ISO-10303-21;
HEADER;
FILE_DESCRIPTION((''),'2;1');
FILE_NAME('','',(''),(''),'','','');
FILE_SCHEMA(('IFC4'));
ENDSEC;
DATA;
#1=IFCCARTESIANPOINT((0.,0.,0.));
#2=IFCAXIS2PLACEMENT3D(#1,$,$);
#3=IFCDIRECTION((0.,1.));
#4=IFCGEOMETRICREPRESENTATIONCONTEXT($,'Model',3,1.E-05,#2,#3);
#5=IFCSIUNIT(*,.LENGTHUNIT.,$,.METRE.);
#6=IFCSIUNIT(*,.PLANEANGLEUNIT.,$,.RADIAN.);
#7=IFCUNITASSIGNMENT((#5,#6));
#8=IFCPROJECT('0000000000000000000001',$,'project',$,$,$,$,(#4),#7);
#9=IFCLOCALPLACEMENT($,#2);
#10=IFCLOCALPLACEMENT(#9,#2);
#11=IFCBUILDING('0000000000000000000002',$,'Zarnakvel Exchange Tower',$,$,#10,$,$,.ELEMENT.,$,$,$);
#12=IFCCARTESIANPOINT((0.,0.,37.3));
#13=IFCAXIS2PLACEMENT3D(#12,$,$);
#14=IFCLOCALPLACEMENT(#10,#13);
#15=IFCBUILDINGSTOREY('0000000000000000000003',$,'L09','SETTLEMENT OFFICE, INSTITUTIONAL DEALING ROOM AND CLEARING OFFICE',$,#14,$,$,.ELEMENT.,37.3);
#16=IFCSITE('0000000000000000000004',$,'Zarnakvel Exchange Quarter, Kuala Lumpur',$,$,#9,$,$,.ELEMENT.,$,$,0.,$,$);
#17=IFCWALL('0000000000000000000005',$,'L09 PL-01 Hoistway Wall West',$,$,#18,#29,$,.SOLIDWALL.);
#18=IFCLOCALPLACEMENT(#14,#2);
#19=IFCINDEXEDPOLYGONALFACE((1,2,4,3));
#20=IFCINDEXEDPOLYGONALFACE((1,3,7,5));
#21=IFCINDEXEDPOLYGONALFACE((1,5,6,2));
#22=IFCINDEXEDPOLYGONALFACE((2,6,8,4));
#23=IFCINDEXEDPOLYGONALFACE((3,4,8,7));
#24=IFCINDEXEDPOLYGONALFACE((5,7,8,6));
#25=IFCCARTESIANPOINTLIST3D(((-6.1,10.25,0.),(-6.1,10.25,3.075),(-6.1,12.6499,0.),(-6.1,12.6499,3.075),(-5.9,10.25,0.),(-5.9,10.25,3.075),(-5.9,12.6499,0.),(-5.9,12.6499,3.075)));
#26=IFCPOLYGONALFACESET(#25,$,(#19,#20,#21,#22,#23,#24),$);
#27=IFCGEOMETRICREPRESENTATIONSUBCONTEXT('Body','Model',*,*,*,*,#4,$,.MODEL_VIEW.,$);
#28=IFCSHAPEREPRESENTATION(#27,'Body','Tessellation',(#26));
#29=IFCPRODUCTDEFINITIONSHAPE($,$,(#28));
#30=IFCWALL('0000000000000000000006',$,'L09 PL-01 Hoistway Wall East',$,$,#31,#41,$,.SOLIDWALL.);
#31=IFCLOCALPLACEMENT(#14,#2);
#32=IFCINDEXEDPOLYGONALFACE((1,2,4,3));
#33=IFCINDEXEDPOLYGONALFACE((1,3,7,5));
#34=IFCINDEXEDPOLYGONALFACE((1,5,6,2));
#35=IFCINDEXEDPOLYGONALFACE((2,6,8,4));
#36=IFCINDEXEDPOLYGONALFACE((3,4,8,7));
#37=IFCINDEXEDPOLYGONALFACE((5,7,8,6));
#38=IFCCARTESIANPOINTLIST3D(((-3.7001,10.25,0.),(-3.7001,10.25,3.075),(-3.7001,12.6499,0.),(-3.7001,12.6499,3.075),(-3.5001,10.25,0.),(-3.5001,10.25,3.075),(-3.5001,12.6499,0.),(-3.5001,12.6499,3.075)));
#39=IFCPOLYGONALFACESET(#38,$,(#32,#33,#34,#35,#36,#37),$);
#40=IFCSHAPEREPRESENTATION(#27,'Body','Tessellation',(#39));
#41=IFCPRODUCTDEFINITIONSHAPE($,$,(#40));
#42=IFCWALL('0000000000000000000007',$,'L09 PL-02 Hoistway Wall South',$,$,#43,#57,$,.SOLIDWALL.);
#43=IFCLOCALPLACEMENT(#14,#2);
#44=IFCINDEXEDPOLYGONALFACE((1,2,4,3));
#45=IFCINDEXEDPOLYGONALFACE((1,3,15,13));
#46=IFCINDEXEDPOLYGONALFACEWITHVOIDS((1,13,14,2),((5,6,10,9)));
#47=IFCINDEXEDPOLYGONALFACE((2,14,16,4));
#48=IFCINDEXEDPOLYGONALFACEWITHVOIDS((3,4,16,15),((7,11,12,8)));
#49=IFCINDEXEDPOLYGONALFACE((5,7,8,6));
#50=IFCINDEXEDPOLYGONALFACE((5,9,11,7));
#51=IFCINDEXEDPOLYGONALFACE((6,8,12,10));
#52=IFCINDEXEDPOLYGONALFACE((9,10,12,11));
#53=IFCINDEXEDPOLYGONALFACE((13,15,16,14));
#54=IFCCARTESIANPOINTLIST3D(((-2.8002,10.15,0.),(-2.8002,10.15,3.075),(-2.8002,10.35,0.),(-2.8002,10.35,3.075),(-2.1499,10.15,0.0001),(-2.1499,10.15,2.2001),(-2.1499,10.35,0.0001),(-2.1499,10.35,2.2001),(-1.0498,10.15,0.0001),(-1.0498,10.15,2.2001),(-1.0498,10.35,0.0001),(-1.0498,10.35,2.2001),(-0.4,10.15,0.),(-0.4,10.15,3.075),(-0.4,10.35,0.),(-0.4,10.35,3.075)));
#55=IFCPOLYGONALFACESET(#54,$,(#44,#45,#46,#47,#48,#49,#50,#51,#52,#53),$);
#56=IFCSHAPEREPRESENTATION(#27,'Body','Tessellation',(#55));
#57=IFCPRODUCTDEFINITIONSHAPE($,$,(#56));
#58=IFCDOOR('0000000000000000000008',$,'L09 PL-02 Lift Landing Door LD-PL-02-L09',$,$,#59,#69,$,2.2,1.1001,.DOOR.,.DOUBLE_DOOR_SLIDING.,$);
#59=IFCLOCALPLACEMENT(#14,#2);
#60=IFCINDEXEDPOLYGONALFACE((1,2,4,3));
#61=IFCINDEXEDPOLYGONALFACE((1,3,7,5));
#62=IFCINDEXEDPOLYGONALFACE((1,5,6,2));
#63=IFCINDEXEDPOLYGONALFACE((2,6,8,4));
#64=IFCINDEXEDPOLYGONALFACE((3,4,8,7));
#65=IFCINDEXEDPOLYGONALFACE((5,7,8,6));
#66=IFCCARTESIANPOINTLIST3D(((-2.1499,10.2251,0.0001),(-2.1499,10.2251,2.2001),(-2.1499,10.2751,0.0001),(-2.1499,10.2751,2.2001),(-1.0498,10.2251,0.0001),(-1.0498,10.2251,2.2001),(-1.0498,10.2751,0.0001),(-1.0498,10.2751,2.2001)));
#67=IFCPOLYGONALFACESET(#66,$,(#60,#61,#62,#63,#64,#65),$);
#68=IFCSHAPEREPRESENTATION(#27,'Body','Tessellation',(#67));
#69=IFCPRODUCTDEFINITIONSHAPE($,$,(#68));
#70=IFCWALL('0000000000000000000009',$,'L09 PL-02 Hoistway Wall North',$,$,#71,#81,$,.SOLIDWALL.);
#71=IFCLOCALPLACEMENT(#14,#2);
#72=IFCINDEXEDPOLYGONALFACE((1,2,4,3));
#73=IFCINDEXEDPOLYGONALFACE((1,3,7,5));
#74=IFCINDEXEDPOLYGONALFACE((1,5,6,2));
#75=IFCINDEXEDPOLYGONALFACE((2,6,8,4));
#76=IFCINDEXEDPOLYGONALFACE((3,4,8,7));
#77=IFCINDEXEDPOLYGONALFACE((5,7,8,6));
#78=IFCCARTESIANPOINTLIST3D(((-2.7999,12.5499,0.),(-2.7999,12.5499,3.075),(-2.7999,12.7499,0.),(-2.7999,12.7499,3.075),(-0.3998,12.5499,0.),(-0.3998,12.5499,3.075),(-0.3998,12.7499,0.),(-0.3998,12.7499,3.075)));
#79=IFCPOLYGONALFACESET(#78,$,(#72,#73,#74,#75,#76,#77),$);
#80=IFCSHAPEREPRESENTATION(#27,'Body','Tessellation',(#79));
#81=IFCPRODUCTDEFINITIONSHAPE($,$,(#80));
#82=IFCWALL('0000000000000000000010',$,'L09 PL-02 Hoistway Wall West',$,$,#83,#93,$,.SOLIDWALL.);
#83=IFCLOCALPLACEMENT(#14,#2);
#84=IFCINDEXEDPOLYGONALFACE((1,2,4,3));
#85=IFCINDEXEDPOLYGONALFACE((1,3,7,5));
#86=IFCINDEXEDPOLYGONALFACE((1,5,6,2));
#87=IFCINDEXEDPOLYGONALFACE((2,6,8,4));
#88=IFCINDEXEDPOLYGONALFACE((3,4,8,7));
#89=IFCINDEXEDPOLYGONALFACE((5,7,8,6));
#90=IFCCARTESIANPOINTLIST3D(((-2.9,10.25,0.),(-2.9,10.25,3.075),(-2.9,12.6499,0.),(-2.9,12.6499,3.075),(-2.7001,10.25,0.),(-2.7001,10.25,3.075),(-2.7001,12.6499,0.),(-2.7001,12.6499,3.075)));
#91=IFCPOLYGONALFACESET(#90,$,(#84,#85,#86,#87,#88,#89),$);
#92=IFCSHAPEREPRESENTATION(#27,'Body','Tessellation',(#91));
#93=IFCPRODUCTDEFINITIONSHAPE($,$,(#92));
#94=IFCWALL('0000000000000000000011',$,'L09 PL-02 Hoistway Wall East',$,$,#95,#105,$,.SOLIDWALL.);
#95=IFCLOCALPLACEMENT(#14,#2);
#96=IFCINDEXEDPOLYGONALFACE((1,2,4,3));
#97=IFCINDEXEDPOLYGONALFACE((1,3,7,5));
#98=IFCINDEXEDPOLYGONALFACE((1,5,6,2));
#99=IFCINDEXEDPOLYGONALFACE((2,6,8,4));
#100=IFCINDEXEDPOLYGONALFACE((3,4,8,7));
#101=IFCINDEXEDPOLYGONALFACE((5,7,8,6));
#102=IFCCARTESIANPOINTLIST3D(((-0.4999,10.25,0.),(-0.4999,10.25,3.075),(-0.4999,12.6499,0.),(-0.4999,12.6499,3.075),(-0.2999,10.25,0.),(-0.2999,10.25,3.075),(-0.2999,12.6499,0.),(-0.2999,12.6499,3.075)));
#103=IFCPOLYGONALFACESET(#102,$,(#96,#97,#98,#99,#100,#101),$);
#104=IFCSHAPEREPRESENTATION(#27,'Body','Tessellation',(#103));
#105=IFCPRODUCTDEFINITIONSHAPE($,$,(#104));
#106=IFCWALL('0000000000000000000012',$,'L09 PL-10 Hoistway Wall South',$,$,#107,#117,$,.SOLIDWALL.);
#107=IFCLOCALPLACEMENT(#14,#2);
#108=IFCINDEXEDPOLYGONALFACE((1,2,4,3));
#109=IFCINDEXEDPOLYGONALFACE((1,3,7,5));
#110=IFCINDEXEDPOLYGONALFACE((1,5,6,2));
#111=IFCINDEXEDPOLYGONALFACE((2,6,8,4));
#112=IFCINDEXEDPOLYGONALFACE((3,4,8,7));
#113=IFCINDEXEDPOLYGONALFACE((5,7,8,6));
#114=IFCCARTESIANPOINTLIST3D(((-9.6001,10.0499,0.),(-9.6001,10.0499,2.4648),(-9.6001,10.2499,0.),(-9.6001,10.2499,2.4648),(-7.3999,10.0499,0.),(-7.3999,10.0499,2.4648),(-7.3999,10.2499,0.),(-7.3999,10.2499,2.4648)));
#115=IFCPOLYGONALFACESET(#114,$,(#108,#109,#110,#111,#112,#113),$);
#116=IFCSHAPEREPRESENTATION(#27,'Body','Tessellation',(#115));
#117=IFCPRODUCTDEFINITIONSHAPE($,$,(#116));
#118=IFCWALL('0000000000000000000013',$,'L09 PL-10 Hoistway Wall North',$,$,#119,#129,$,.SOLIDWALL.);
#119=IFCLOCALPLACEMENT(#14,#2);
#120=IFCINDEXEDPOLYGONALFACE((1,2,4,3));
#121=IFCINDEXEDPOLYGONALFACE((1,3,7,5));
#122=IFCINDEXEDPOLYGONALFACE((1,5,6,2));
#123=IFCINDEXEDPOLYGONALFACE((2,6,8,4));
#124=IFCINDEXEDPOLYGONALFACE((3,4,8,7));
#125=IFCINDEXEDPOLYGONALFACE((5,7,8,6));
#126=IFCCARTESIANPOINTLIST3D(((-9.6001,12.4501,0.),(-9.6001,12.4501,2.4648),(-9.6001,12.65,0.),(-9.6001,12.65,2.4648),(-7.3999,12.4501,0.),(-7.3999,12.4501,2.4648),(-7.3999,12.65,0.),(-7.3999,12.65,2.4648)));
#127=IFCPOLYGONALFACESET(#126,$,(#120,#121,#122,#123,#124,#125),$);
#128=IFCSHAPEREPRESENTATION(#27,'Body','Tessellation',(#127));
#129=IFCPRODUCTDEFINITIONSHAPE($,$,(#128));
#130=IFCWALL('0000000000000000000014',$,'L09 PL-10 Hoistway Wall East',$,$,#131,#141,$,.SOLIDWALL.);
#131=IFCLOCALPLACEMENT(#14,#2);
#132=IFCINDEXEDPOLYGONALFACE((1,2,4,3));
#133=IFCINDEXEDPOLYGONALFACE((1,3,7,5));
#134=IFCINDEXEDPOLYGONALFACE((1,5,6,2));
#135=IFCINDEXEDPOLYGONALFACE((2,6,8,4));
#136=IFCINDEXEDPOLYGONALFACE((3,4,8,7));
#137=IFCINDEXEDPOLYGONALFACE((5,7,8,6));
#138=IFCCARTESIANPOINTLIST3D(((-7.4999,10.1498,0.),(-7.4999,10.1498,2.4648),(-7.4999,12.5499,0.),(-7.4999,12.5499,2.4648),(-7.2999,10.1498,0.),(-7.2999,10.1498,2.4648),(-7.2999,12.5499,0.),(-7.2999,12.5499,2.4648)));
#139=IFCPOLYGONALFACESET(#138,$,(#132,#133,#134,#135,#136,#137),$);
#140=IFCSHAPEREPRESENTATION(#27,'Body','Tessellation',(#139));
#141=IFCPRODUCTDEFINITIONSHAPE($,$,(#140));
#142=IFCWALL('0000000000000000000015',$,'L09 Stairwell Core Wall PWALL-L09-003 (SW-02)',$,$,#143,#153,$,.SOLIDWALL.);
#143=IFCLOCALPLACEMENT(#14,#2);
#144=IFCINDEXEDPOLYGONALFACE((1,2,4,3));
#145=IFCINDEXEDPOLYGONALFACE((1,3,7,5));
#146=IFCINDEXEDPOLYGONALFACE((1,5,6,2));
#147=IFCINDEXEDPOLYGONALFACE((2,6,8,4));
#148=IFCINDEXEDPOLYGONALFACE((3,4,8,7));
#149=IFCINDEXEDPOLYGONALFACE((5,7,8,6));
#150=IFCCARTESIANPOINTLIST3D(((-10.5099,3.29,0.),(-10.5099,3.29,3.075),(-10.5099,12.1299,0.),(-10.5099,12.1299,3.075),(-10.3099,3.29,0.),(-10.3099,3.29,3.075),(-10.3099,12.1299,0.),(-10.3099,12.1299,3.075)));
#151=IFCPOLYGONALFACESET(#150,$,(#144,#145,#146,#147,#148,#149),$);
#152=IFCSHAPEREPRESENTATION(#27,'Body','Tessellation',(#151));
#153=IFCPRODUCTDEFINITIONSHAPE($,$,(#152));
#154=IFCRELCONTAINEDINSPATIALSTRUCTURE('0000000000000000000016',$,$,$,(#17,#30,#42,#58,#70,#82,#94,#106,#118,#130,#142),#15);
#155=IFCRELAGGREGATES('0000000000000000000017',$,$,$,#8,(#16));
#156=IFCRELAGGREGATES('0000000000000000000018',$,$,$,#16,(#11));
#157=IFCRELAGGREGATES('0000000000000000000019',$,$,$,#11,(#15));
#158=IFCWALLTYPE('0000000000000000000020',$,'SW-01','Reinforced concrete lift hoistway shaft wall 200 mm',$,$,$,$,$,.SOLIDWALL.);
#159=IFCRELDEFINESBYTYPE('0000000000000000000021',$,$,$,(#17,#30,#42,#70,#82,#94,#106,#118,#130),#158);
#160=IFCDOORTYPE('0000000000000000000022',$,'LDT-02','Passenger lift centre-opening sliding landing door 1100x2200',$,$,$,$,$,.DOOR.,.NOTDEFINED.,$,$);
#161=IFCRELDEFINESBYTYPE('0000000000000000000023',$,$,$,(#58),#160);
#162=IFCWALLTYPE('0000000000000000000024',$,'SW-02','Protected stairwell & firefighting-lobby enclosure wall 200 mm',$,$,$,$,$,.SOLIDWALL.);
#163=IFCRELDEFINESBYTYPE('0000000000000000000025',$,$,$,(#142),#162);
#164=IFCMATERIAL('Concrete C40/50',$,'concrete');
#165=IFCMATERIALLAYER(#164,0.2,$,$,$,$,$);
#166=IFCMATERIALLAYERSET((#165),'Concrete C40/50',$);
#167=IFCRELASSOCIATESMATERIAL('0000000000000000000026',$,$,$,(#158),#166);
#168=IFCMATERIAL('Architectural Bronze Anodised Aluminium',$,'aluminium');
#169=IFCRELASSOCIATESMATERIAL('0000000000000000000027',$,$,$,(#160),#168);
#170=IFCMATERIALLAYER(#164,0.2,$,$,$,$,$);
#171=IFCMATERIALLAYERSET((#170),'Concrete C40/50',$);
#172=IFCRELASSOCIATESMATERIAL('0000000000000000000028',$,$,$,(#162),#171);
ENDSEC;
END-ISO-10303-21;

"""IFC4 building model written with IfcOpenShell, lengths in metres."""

from ifc_helpers import new_model, si_unit, direction, frame, frame_2d, origin, place, context, subcontext, project, spatial, rectangle, extrude, source, transform, mapped, material, layer, layer_set, type_object, element, fill, save


model = new_model("IFC4")

# Units and contexts
model_context = context("Model", 3, precision=1e-05, world=origin(), true_north=direction((0.0, 1.0)))
body_context = subcontext(model_context, "Body", "Model", "MODEL_VIEW")
ifc_project = project(units=[si_unit("LENGTHUNIT", "METRE"), si_unit("PLANEANGLEUNIT", "RADIAN")], contexts=[model_context])

# Site, building, storey
site_placement = place(None, origin())
site = spatial("IfcSite", under=ifc_project, at=site_placement, Name="Zarnakvel Exchange Quarter, Kuala Lumpur", CompositionType="ELEMENT", RefElevation=0.0)
building_placement = place(site_placement, origin())
building = spatial("IfcBuilding", under=site, at=building_placement, Name="Zarnakvel Exchange Tower", CompositionType="ELEMENT")
storey_placement = place(building_placement, frame((0.0, 0.0, 37.3)))
storey = spatial("IfcBuildingStorey", under=building, at=storey_placement, Name="L09", Description="SETTLEMENT OFFICE, INSTITUTIONAL DEALING ROOM AND CLEARING OFFICE", CompositionType="ELEMENT", Elevation=37.3)

# Shared definitions
ifc_material_1 = material(Name="Architectural Bronze Anodised Aluminium", Category="aluminium")

# Shared definitions
ifc_material_2 = material(Name="Concrete C40/50", Category="concrete")
ifc_layer_1 = layer(ifc_material_2, 0.2)
ifc_layer_set_1 = layer_set([ifc_layer_1], Name="Concrete C40/50")
wall_type_1 = type_object("IfcWallType", Name="SW-01", Description="Reinforced concrete lift hoistway shaft wall 200 mm", PredefinedType="SOLIDWALL", material=ifc_layer_set_1)
door_type = type_object("IfcDoorType", Name="LDT-02", Description="Passenger lift centre-opening sliding landing door 1100x2200", OperationType="NOTDEFINED", PredefinedType="DOOR", material=ifc_material_1)
shared_shape_1 = source(origin(), body_context, "Body", "SweptSolid", [
    extrude(rectangle(XDim=1.1001, YDim=2.2, at=frame_2d((0.55, 1.1001))), frame((0.0, 0.0249, 0.0), z_axis=(0.0, -1.0, 0.0), x_axis=(1.0, 0.0, 0.0)), (0.0, 0.0, 1.0), 0.05),
])

# Walls
for number, where, z_axis, x_axis, name in (
    (1, (-6.0, 10.25, 0.0), (0.0, 0.0, 1.0), (0.0, 1.0, 0.0), "L09 PL-01 Hoistway Wall West"),
    (2, (-3.6001, 12.6499, 0.0), (0.0, 0.0, 1.0), (0.0, -1.0, 0.0), "L09 PL-01 Hoistway Wall East"),
):
    element("IfcWall", number, at=place(storey_placement, frame(where, z_axis=z_axis, x_axis=x_axis)), inside=storey, type_object=wall_type_1, Name=name, PredefinedType="SOLIDWALL", context=body_context, shape_type="SweptSolid", body=[
        extrude(rectangle(XDim=2.3999, YDim=0.2, at=frame_2d((1.2, 0.0))), origin(), (0.0, 0.0, 1.0), 3.075),
    ])

# Wall, opening, door
wall_1_placement = place(storey_placement, frame((-0.3999, 10.25, 0.0), z_axis=(0.0, 0.0, 1.0), x_axis=(-1.0, 0.0, 0.0)))
wall_1 = element("IfcWall", 3, at=wall_1_placement, inside=storey, type_object=wall_type_1, Name="L09 PL-02 Hoistway Wall South", PredefinedType="SOLIDWALL", context=body_context, shape_type="SweptSolid", body=[
    extrude(rectangle(XDim=2.4001, YDim=0.2, at=frame_2d((1.2002, 0.0))), origin(), (0.0, 0.0, 1.0), 3.075),
])
opening_1_placement = place(wall_1_placement, frame((0.6499, 0.0, 0.0)))
opening_1 = element("IfcOpeningElement", 4, at=opening_1_placement, cuts=wall_1, PredefinedType="OPENING", context=body_context, shape_type="SweptSolid", body=[
    extrude(rectangle(XDim=1.1001, YDim=2.2, at=frame_2d((0.55, 1.1001))), frame((0.0, 0.1099, 0.0), z_axis=(0.0, -1.0, 0.0), x_axis=(1.0, 0.0, 0.0)), (0.0, 0.0, 1.0), 0.22),
])
door_1_placement = place(opening_1_placement, origin())
door_1 = element("IfcDoor", 5, at=door_1_placement, inside=storey, type_object=door_type, Name="L09 PL-02 Lift Landing Door LD-PL-02-L09", OperationType="DOUBLE_DOOR_SLIDING", OverallHeight=2.2, OverallWidth=1.1001, PredefinedType="DOOR", context=body_context, shape_type="MappedRepresentation", body=[
    mapped(shared_shape_1, transform((0.0, 0.0, 0.0), x_axis=(1.0, 0.0, 0.0), y_axis=(0.0, 1.0, 0.0), z_axis=(0.0, 0.0, 1.0), scale=1.0)),
])
fill(opening_1, door_1)

# Walls
wall_2_placement = place(storey_placement, frame((-2.8, 12.6499, 0.0), z_axis=(0.0, 0.0, 1.0), x_axis=(1.0, 0.0, 0.0)))
element("IfcWall", 6, at=wall_2_placement, inside=storey, type_object=wall_type_1, Name="L09 PL-02 Hoistway Wall North", PredefinedType="SOLIDWALL", context=body_context, shape_type="SweptSolid", body=[
    extrude(rectangle(XDim=2.4001, YDim=0.2, at=frame_2d((1.2002, 0.0))), origin(), (0.0, 0.0, 1.0), 3.075),
])
for number, where, z_axis, x_axis, name in (
    (7, (-2.8, 10.25, 0.0), (0.0, 0.0, 1.0), (0.0, 1.0, 0.0), "L09 PL-02 Hoistway Wall West"),
    (8, (-0.3999, 12.6499, 0.0), (0.0, 0.0, 1.0), (0.0, -1.0, 0.0), "L09 PL-02 Hoistway Wall East"),
):
    element("IfcWall", number, at=place(storey_placement, frame(where, z_axis=z_axis, x_axis=x_axis)), inside=storey, type_object=wall_type_1, Name=name, PredefinedType="SOLIDWALL", context=body_context, shape_type="SweptSolid", body=[
        extrude(rectangle(XDim=2.3999, YDim=0.2, at=frame_2d((1.2, 0.0))), origin(), (0.0, 0.0, 1.0), 3.075),
    ])
for number, where, z_axis, x_axis, name in (
    (9, (-7.3999, 10.1499, 0.0), (0.0, 0.0, 1.0), (-1.0, 0.0, 0.0), "L09 PL-10 Hoistway Wall South"),
    (10, (-9.6001, 12.55, 0.0), (0.0, 0.0, 1.0), (1.0, 0.0, 0.0), "L09 PL-10 Hoistway Wall North"),
):
    element("IfcWall", number, at=place(storey_placement, frame(where, z_axis=z_axis, x_axis=x_axis)), inside=storey, type_object=wall_type_1, Name=name, PredefinedType="SOLIDWALL", context=body_context, shape_type="SweptSolid", body=[
        extrude(rectangle(XDim=2.2002, YDim=0.2, at=frame_2d((1.1001, 0.0))), origin(), (0.0, 0.0, 1.0), 2.4648),
    ])
wall_3_placement = place(storey_placement, frame((-7.3999, 12.55, 0.0), z_axis=(0.0, 0.0, 1.0), x_axis=(0.0, -1.0, 0.0)))
element("IfcWall", 11, at=wall_3_placement, inside=storey, type_object=wall_type_1, Name="L09 PL-10 Hoistway Wall East", PredefinedType="SOLIDWALL", context=body_context, shape_type="SweptSolid", body=[
    extrude(rectangle(XDim=2.4001, YDim=0.2, at=frame_2d((1.2002, 0.0))), origin(), (0.0, 0.0, 1.0), 2.4648),
])
ifc_layer_2 = layer(ifc_material_2, 0.2)
ifc_layer_set_2 = layer_set([ifc_layer_2], Name="Concrete C40/50")
wall_type_2 = type_object("IfcWallType", Name="SW-02", Description="Protected stairwell & firefighting-lobby enclosure wall 200 mm", PredefinedType="SOLIDWALL", material=ifc_layer_set_2)
wall_4_placement = place(storey_placement, frame((-10.4099, 12.1299, 0.0), z_axis=(0.0, 0.0, 1.0), x_axis=(0.0, -1.0, 0.0)))
element("IfcWall", 12, at=wall_4_placement, inside=storey, type_object=wall_type_2, Name="L09 Stairwell Core Wall PWALL-L09-003 (SW-02)", PredefinedType="SOLIDWALL", context=body_context, shape_type="SweptSolid", body=[
    extrude(rectangle(XDim=8.8398, YDim=0.2, at=frame_2d((4.4199, 0.0))), origin(), (0.0, 0.0, 1.0), 3.075),
])

save(model, "model.ifc")
